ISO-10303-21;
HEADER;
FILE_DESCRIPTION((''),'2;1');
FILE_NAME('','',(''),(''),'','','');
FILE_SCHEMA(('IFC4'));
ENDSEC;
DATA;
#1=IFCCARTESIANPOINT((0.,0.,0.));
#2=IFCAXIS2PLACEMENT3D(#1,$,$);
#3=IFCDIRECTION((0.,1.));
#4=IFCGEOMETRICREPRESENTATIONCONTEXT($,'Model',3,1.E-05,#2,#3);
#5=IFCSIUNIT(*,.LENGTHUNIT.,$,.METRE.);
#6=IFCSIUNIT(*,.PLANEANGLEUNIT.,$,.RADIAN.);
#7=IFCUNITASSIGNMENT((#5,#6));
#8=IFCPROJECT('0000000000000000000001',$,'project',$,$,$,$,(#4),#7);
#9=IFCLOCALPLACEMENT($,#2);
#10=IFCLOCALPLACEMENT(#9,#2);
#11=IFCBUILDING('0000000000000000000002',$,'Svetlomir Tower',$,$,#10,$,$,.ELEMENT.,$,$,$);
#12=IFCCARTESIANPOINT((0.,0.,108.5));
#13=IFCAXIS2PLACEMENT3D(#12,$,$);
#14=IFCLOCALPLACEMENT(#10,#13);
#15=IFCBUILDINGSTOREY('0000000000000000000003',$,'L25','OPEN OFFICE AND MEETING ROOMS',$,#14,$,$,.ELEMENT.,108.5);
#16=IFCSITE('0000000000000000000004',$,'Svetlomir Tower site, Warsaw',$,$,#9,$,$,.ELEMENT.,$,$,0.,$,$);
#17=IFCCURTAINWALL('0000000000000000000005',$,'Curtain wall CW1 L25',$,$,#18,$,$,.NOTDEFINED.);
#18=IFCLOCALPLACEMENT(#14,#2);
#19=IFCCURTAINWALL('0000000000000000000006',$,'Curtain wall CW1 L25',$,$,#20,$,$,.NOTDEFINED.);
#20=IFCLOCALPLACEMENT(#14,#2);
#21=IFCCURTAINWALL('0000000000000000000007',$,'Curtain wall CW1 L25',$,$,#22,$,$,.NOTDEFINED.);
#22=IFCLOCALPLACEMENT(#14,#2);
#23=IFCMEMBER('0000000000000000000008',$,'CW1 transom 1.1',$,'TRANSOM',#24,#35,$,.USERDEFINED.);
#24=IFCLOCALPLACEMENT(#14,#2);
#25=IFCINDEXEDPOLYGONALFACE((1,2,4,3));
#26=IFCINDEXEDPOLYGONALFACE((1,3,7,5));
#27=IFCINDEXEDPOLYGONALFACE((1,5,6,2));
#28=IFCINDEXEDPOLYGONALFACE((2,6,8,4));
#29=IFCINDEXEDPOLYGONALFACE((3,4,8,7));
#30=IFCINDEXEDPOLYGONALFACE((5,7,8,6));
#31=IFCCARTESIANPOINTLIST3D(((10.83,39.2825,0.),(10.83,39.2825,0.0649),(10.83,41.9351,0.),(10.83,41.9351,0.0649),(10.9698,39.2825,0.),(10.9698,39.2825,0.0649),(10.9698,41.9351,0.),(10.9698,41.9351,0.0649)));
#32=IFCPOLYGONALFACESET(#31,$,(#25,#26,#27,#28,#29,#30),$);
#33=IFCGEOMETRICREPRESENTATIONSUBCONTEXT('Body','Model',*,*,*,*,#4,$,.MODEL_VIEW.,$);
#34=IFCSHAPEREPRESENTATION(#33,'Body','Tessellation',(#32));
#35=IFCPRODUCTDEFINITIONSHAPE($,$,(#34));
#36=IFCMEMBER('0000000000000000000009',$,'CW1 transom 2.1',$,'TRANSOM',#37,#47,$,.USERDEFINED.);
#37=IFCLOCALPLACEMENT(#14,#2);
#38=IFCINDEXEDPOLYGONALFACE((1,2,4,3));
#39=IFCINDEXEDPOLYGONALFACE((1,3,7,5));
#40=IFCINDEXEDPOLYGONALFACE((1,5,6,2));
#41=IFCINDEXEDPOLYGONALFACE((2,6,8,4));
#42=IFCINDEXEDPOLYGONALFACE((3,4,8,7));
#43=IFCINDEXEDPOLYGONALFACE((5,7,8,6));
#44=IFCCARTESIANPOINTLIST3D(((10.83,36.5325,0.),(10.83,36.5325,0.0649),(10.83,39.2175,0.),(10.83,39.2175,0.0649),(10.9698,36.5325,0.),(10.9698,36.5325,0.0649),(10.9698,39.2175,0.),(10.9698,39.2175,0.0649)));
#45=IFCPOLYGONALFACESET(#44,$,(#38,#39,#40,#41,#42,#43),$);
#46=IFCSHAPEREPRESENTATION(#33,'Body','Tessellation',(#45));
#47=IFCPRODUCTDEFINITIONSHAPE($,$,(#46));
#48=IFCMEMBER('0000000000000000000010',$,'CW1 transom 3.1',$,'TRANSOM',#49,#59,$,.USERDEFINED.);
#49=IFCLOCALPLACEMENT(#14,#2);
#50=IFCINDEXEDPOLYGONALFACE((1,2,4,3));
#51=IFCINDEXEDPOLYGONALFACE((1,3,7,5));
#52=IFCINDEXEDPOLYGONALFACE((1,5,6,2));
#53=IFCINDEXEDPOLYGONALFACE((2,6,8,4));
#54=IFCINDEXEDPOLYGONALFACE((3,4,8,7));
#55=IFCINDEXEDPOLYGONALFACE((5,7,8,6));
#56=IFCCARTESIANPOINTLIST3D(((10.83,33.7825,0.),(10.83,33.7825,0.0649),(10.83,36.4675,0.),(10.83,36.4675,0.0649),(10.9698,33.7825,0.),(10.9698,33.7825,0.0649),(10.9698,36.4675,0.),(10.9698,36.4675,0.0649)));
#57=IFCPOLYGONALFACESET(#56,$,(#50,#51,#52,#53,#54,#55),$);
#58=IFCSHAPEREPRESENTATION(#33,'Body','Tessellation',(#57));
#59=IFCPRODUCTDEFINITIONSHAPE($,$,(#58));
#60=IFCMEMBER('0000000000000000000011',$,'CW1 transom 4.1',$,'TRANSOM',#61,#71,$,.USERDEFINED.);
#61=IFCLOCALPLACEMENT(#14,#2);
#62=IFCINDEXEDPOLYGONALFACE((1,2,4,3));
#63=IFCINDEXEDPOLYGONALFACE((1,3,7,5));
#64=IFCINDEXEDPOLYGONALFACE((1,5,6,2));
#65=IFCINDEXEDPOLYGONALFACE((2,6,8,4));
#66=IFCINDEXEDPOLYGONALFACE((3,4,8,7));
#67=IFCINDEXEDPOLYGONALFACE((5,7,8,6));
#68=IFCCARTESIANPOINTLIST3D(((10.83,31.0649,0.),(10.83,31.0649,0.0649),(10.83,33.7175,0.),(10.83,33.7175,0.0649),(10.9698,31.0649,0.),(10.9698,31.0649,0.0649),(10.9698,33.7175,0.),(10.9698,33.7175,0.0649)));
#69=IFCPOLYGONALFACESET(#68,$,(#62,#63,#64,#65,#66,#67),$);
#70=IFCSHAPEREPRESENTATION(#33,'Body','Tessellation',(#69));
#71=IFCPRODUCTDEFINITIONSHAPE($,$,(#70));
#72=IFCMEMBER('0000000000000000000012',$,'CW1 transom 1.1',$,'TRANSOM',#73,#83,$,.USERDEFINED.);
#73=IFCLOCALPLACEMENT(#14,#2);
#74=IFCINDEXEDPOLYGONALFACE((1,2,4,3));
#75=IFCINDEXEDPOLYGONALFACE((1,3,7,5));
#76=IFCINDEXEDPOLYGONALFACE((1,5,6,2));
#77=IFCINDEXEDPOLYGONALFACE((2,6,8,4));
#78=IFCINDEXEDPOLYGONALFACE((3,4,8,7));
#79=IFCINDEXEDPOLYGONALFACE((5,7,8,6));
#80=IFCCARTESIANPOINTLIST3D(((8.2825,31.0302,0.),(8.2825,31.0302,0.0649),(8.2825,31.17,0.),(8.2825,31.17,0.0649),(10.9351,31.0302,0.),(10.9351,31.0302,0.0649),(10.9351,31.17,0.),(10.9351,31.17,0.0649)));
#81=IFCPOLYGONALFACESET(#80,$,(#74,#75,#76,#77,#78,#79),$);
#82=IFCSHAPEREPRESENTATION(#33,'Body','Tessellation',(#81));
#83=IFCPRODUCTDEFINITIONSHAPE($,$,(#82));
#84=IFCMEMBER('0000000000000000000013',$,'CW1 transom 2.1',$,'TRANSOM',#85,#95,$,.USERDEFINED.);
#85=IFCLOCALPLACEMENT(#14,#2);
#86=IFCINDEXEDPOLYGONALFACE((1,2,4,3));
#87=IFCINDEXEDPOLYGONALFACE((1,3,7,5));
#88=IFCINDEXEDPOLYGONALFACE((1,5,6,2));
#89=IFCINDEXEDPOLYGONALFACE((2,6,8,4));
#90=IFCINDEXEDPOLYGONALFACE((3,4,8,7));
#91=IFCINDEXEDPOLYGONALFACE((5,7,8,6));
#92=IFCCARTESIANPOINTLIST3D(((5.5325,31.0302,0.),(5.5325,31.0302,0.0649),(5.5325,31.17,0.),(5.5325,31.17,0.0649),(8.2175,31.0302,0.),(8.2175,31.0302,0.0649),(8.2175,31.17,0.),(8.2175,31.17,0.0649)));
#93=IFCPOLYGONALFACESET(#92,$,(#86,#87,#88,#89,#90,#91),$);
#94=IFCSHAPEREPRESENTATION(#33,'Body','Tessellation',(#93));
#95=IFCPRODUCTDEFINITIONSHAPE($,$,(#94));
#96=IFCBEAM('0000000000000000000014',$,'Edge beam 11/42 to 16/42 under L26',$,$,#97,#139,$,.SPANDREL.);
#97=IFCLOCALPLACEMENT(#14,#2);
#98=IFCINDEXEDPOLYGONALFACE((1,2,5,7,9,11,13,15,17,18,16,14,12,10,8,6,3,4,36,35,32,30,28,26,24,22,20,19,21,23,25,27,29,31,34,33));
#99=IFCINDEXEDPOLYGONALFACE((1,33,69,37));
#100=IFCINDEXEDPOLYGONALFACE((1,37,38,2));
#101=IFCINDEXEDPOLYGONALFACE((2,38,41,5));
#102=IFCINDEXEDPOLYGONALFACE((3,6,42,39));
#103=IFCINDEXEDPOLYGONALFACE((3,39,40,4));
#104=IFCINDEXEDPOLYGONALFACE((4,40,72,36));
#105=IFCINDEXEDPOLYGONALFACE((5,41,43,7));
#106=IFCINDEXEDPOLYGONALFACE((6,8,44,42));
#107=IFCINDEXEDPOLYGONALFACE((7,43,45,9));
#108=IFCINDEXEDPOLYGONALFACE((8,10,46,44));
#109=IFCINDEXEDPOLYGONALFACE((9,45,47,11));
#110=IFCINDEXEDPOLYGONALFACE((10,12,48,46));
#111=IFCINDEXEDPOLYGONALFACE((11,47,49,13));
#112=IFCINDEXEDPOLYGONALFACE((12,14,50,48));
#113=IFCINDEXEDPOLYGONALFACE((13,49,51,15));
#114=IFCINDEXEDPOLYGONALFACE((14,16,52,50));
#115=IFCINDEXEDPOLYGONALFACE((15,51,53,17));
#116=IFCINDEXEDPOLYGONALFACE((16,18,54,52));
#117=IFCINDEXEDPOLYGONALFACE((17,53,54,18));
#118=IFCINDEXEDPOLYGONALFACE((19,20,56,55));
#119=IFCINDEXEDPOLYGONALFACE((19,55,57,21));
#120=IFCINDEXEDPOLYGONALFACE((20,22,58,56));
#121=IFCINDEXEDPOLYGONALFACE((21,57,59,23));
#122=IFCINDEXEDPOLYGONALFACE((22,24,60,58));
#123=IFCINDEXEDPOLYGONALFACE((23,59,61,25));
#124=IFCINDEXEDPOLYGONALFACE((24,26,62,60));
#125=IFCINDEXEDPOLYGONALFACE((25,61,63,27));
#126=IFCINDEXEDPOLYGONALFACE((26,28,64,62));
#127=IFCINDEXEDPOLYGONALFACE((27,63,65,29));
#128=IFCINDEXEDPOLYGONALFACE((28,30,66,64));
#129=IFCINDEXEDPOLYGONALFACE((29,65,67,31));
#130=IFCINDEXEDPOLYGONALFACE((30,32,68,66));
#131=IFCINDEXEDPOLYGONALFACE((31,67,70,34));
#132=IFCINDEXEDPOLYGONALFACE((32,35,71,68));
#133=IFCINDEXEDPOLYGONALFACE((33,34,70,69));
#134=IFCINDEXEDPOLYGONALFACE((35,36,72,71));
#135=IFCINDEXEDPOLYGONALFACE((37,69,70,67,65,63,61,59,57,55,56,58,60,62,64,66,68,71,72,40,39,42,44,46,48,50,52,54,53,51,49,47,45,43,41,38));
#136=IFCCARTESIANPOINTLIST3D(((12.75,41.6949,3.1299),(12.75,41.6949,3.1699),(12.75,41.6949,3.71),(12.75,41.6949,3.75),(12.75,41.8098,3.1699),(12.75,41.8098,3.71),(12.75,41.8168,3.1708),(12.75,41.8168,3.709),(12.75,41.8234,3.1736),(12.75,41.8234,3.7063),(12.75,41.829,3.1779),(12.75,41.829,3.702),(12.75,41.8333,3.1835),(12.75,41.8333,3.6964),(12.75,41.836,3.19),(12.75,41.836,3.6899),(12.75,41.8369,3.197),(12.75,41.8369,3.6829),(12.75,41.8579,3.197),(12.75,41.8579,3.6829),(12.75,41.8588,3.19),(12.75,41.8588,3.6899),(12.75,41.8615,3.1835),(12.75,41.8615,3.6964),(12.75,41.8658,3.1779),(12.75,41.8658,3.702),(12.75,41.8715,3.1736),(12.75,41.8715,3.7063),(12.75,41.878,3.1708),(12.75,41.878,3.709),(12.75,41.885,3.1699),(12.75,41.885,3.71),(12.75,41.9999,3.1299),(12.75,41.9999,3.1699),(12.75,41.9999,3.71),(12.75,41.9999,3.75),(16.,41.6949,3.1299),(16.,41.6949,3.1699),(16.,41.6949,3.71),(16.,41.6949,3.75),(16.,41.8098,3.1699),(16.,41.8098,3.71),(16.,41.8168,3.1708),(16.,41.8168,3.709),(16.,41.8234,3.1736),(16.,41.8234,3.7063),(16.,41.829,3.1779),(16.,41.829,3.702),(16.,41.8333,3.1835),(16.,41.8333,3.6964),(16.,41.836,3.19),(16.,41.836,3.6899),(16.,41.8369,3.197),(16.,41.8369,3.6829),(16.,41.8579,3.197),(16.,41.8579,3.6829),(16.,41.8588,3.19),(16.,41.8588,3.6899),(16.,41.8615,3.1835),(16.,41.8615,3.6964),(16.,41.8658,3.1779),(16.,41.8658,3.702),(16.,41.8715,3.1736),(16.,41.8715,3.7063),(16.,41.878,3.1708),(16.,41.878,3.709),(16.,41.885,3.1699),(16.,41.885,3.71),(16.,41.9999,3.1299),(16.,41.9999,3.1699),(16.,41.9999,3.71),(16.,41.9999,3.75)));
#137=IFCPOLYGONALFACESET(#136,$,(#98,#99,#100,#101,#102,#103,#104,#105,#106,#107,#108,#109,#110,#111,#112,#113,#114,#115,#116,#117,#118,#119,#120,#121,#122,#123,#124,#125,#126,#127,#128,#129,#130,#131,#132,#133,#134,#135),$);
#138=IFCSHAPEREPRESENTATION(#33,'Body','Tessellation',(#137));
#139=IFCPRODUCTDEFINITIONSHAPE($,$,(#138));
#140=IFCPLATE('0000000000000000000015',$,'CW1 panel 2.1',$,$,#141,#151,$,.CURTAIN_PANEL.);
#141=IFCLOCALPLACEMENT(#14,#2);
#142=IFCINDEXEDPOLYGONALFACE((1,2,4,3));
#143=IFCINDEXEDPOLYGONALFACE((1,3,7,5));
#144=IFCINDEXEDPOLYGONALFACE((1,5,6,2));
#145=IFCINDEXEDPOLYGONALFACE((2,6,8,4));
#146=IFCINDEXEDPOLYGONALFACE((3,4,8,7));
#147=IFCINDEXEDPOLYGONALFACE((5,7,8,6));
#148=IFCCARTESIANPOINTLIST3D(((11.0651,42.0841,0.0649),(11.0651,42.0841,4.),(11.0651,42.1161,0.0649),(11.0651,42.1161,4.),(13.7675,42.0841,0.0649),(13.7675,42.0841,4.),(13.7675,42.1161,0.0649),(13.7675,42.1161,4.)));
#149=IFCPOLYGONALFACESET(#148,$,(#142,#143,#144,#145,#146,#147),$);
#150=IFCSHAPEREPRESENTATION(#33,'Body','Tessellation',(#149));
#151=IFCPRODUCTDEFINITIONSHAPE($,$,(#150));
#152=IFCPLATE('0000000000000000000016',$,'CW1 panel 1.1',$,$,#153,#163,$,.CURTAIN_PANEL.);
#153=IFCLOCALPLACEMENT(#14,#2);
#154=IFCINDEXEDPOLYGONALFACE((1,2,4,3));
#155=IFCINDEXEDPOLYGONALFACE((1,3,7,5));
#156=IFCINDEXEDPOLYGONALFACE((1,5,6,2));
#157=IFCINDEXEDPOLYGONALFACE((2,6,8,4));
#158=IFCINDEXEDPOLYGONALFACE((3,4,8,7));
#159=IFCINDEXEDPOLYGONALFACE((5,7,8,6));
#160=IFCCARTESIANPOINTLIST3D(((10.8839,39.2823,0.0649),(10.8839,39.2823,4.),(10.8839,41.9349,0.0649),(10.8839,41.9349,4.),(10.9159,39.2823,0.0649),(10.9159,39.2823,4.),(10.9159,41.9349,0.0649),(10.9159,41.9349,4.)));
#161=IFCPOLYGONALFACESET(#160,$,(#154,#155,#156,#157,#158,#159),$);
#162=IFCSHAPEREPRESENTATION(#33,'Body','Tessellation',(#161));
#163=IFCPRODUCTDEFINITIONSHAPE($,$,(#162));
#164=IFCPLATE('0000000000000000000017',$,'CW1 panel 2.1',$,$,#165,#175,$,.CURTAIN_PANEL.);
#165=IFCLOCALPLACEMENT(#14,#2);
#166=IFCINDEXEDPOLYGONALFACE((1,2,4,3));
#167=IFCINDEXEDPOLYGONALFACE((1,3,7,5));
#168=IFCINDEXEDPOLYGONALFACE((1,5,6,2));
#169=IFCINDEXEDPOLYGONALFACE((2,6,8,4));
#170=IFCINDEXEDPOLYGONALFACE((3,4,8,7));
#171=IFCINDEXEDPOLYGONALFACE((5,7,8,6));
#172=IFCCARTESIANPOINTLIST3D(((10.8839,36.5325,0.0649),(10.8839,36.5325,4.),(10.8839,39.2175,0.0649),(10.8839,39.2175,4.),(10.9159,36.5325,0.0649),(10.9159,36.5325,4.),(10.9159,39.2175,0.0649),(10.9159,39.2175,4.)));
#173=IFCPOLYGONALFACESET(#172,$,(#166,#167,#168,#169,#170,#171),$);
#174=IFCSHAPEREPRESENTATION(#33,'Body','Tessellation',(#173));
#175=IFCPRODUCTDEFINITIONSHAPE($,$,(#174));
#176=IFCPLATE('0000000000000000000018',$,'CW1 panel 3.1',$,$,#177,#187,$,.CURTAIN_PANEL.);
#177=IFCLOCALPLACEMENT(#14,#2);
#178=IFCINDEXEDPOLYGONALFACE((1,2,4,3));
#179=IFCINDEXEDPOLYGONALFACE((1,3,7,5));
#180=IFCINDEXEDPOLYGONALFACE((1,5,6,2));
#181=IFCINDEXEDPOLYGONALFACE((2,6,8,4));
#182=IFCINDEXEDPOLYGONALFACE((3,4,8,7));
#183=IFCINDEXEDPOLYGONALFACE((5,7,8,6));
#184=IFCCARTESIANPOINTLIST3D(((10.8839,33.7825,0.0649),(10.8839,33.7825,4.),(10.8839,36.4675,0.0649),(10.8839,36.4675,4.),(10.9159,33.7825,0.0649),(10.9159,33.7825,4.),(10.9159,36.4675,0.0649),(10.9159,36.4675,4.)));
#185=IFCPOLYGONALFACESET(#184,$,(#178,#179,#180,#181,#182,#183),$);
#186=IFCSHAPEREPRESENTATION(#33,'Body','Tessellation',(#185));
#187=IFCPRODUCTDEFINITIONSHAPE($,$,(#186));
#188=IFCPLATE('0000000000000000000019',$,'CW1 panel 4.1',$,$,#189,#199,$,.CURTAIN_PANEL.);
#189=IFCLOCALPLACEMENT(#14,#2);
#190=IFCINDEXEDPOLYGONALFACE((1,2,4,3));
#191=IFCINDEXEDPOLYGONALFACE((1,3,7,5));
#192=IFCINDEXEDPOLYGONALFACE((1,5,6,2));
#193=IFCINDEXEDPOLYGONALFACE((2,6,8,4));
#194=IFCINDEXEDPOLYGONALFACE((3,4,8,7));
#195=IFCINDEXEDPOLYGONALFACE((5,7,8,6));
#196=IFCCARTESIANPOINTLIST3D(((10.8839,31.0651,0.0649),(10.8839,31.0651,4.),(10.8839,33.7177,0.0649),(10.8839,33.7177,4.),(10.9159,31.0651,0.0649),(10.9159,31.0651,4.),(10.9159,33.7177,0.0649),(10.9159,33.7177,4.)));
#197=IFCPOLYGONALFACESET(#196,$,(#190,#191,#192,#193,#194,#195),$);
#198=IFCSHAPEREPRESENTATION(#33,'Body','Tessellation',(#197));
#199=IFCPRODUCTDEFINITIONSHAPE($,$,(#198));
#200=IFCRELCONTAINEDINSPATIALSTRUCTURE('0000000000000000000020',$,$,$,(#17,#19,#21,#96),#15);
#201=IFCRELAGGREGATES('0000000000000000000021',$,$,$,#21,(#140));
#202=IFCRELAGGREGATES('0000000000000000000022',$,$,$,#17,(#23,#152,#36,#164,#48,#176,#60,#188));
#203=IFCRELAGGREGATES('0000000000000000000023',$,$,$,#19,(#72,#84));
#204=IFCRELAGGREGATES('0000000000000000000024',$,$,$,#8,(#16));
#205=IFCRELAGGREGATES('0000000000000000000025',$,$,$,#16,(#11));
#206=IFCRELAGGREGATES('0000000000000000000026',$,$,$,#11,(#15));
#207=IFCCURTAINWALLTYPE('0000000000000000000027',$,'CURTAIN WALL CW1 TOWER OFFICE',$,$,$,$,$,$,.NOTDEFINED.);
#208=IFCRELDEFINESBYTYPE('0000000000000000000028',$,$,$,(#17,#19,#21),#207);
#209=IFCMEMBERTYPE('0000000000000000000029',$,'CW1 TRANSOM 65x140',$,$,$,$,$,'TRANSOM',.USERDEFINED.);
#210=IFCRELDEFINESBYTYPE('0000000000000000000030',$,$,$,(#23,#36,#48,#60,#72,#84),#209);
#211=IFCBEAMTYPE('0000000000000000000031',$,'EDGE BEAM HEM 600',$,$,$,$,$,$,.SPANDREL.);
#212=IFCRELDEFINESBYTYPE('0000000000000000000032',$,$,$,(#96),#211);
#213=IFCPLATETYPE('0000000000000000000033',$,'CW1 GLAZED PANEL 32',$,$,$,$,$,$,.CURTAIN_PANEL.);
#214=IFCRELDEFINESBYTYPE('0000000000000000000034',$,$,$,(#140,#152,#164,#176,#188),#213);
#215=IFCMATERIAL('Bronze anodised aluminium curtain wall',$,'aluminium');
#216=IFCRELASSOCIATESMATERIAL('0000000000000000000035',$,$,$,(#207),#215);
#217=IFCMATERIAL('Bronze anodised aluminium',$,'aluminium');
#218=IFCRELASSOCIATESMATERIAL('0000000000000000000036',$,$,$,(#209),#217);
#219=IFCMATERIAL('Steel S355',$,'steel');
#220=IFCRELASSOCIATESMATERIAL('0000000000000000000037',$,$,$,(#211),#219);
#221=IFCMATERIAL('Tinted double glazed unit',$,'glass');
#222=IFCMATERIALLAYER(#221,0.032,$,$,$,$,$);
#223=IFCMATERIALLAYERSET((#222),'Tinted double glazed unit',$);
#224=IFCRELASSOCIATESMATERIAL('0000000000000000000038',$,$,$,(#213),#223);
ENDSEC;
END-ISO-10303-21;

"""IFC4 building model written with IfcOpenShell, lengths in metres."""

from ifc_helpers import new_model, si_unit, direction, frame, origin, origin_2d, place, context, subcontext, project, spatial, rectangle, i_section, extrude, material, layer, layer_set, material_profile, profile_set, type_object, element, aggregate, save


model = new_model("IFC4")

# Units and contexts
model_context = context("Model", 3, precision=1e-05, world=origin(), true_north=direction((0.0, 1.0)))
body_context = subcontext(model_context, "Body", "Model", "MODEL_VIEW")
ifc_project = project(units=[si_unit("LENGTHUNIT", "METRE"), si_unit("PLANEANGLEUNIT", "RADIAN")], contexts=[model_context])

# Site, building, storey
site_placement = place(None, origin())
site = spatial("IfcSite", under=ifc_project, at=site_placement, Name="Svetlomir Tower site, Warsaw", CompositionType="ELEMENT", RefElevation=0.0)
building_placement = place(site_placement, origin())
building = spatial("IfcBuilding", under=site, at=building_placement, Name="Svetlomir Tower", CompositionType="ELEMENT")
storey_placement = place(building_placement, frame((0.0, 0.0, 108.5)))
storey = spatial("IfcBuildingStorey", under=building, at=storey_placement, Name="L25", Description="OPEN OFFICE AND MEETING ROOMS", CompositionType="ELEMENT", Elevation=108.5)

# Curtain walls
ifc_material_1 = material(Name="Bronze anodised aluminium curtain wall", Category="aluminium")
curtain_wall_type = type_object("IfcCurtainWallType", Name="CURTAIN WALL CW1 TOWER OFFICE", PredefinedType="NOTDEFINED", material=ifc_material_1)
curtain_wall_1_placement = place(storey_placement, origin())
curtain_wall_1 = element("IfcCurtainWall", 1, at=curtain_wall_1_placement, inside=storey, type_object=curtain_wall_type, Name="Curtain wall CW1 L25", PredefinedType="NOTDEFINED")
curtain_wall_2_placement = place(storey_placement, origin())
curtain_wall_2 = element("IfcCurtainWall", 2, at=curtain_wall_2_placement, inside=storey, type_object=curtain_wall_type, Name="Curtain wall CW1 L25", PredefinedType="NOTDEFINED")
curtain_wall_3_placement = place(storey_placement, origin())
curtain_wall_3 = element("IfcCurtainWall", 3, at=curtain_wall_3_placement, inside=storey, type_object=curtain_wall_type, Name="Curtain wall CW1 L25", PredefinedType="NOTDEFINED")

# Members
ifc_material_2 = material(Name="Bronze anodised aluminium", Category="aluminium")
ifc_material_profile_1 = material_profile(ifc_material_2, rectangle(XDim=0.1399, YDim=0.0649, at=origin_2d()), Name="AL 140x65")
ifc_profile_set_1 = profile_set([ifc_material_profile_1], Name="Bronze anodised aluminium 6063-T6")
member_type_1 = type_object("IfcMemberType", Name="CW1 TRANSOM 65x140", ElementType="TRANSOM", PredefinedType="USERDEFINED", material=ifc_profile_set_1)
member_1_placement = place(storey_placement, frame((10.8999, 41.9351, 0.0325), z_axis=(0.0, -1.0, 0.0), x_axis=(1.0, 0.0, 0.0)))
member_1 = element("IfcMember", 4, at=member_1_placement, type_object=member_type_1, Name="CW1 transom 1.1", ObjectType="TRANSOM", PredefinedType="USERDEFINED", context=body_context, shape_type="SweptSolid", body=[
    extrude(rectangle(XDim=0.1399, YDim=0.0649, at=origin_2d()), origin(), (0.0, 0.0, 1.0), 2.6526),
])
member_2_placement = place(storey_placement, frame((10.8999, 39.2175, 0.0325), z_axis=(0.0, -1.0, 0.0), x_axis=(1.0, 0.0, 0.0)))
member_2 = element("IfcMember", 5, at=member_2_placement, type_object=member_type_1, Name="CW1 transom 2.1", ObjectType="TRANSOM", PredefinedType="USERDEFINED", context=body_context, shape_type="SweptSolid", body=[
    extrude(rectangle(XDim=0.1399, YDim=0.0649, at=origin_2d()), origin(), (0.0, 0.0, 1.0), 2.6851),
])
member_3_placement = place(storey_placement, frame((10.8999, 36.4675, 0.0325), z_axis=(0.0, -1.0, 0.0), x_axis=(1.0, 0.0, 0.0)))
member_3 = element("IfcMember", 6, at=member_3_placement, type_object=member_type_1, Name="CW1 transom 3.1", ObjectType="TRANSOM", PredefinedType="USERDEFINED", context=body_context, shape_type="SweptSolid", body=[
    extrude(rectangle(XDim=0.1399, YDim=0.0649, at=origin_2d()), origin(), (0.0, 0.0, 1.0), 2.6851),
])
member_4_placement = place(storey_placement, frame((10.8999, 33.7175, 0.0325), z_axis=(0.0, -1.0, 0.0), x_axis=(1.0, 0.0, 0.0)))
member_4 = element("IfcMember", 7, at=member_4_placement, type_object=member_type_1, Name="CW1 transom 4.1", ObjectType="TRANSOM", PredefinedType="USERDEFINED", context=body_context, shape_type="SweptSolid", body=[
    extrude(rectangle(XDim=0.1399, YDim=0.0649, at=origin_2d()), origin(), (0.0, 0.0, 1.0), 2.6526),
])
member_5_placement = place(storey_placement, frame((10.9351, 31.1001, 0.0325), z_axis=(-1.0, 0.0, 0.0), x_axis=(0.0, -1.0, 0.0)))
member_5 = element("IfcMember", 8, at=member_5_placement, type_object=member_type_1, Name="CW1 transom 1.1", ObjectType="TRANSOM", PredefinedType="USERDEFINED", context=body_context, shape_type="SweptSolid", body=[
    extrude(rectangle(XDim=0.1399, YDim=0.0649, at=origin_2d()), origin(), (0.0, 0.0, 1.0), 2.6526),
])
member_6_placement = place(storey_placement, frame((8.2175, 31.1001, 0.0325), z_axis=(-1.0, 0.0, 0.0), x_axis=(0.0, -1.0, 0.0)))
member_6 = element("IfcMember", 9, at=member_6_placement, type_object=member_type_1, Name="CW1 transom 2.1", ObjectType="TRANSOM", PredefinedType="USERDEFINED", context=body_context, shape_type="SweptSolid", body=[
    extrude(rectangle(XDim=0.1399, YDim=0.0649, at=origin_2d()), origin(), (0.0, 0.0, 1.0), 2.6851),
])

# Beam
ifc_material_3 = material(Name="Steel S355", Category="steel")
ifc_material_profile_2 = material_profile(ifc_material_3, i_section(OverallWidth=0.3049, OverallDepth=0.6201, WebThickness=0.021, FlangeThickness=0.04, FilletRadius=0.0271, at=origin_2d()), Name="HEM 600")
ifc_profile_set_2 = profile_set([ifc_material_profile_2], Name="Steel S355")
beam_type = type_object("IfcBeamType", Name="EDGE BEAM HEM 600", PredefinedType="SPANDREL", material=ifc_profile_set_2)
beam_placement = place(storey_placement, frame((12.75, 41.8474, 3.4399), z_axis=(1.0, 0.0, 0.0), x_axis=(0.0, 1.0, 0.0)))
element("IfcBeam", 10, at=beam_placement, inside=storey, type_object=beam_type, Name="Edge beam 11/42 to 16/42 under L26", PredefinedType="SPANDREL", context=body_context, shape_type="SweptSolid", body=[
    extrude(i_section(OverallWidth=0.3049, OverallDepth=0.6201, WebThickness=0.021, FlangeThickness=0.04, FilletRadius=0.0271, at=origin_2d()), origin(), (0.0, 0.0, 1.0), 3.25),
])

# Plates
ifc_material_4 = material(Name="Tinted double glazed unit", Category="glass")
ifc_layer_1 = layer(ifc_material_4, 0.032)
ifc_layer_set_1 = layer_set([ifc_layer_1], Name="Tinted double glazed unit")
plate_type = type_object("IfcPlateType", Name="CW1 GLAZED PANEL 32", PredefinedType="CURTAIN_PANEL", material=ifc_layer_set_1)
plate_1_placement = place(storey_placement, frame((12.4163, 42.1001, 0.0649), z_axis=(0.0, 0.0, 1.0), x_axis=(-1.0, 0.0, 0.0)))
plate_1 = element("IfcPlate", 11, at=plate_1_placement, type_object=plate_type, Name="CW1 panel 2.1", PredefinedType="CURTAIN_PANEL", context=body_context, shape_type="SweptSolid", body=[
    extrude(rectangle(XDim=2.7024, YDim=0.032, at=origin_2d()), origin(), (0.0, 0.0, 1.0), 3.9351),
])
aggregate(curtain_wall_3, [plate_1])
plate_2_placement = place(storey_placement, frame((10.8999, 40.6086, 0.0649), z_axis=(0.0, 0.0, 1.0), x_axis=(0.0, -1.0, 0.0)))
plate_2 = element("IfcPlate", 12, at=plate_2_placement, type_object=plate_type, Name="CW1 panel 1.1", PredefinedType="CURTAIN_PANEL", context=body_context, shape_type="SweptSolid", body=[
    extrude(rectangle(XDim=2.6526, YDim=0.032, at=origin_2d()), origin(), (0.0, 0.0, 1.0), 3.9351),
])
plate_3_placement = place(storey_placement, frame((10.8999, 37.875, 0.0649), z_axis=(0.0, 0.0, 1.0), x_axis=(0.0, -1.0, 0.0)))
plate_3 = element("IfcPlate", 13, at=plate_3_placement, type_object=plate_type, Name="CW1 panel 2.1", PredefinedType="CURTAIN_PANEL", context=body_context, shape_type="SweptSolid", body=[
    extrude(rectangle(XDim=2.6851, YDim=0.032, at=origin_2d()), origin(), (0.0, 0.0, 1.0), 3.9351),
])
plate_4_placement = place(storey_placement, frame((10.8999, 35.125, 0.0649), z_axis=(0.0, 0.0, 1.0), x_axis=(0.0, -1.0, 0.0)))
plate_4 = element("IfcPlate", 14, at=plate_4_placement, type_object=plate_type, Name="CW1 panel 3.1", PredefinedType="CURTAIN_PANEL", context=body_context, shape_type="SweptSolid", body=[
    extrude(rectangle(XDim=2.6851, YDim=0.032, at=origin_2d()), origin(), (0.0, 0.0, 1.0), 3.9351),
])
plate_5_placement = place(storey_placement, frame((10.8999, 32.3914, 0.0649), z_axis=(0.0, 0.0, 1.0), x_axis=(0.0, -1.0, 0.0)))
plate_5 = element("IfcPlate", 15, at=plate_5_placement, type_object=plate_type, Name="CW1 panel 4.1", PredefinedType="CURTAIN_PANEL", context=body_context, shape_type="SweptSolid", body=[
    extrude(rectangle(XDim=2.6526, YDim=0.032, at=origin_2d()), origin(), (0.0, 0.0, 1.0), 3.9351),
])
aggregate(curtain_wall_1, [member_1, plate_2, member_2, plate_3, member_3, plate_4, member_4, plate_5])
aggregate(curtain_wall_2, [member_5, member_6])

save(model, "model.ifc")
